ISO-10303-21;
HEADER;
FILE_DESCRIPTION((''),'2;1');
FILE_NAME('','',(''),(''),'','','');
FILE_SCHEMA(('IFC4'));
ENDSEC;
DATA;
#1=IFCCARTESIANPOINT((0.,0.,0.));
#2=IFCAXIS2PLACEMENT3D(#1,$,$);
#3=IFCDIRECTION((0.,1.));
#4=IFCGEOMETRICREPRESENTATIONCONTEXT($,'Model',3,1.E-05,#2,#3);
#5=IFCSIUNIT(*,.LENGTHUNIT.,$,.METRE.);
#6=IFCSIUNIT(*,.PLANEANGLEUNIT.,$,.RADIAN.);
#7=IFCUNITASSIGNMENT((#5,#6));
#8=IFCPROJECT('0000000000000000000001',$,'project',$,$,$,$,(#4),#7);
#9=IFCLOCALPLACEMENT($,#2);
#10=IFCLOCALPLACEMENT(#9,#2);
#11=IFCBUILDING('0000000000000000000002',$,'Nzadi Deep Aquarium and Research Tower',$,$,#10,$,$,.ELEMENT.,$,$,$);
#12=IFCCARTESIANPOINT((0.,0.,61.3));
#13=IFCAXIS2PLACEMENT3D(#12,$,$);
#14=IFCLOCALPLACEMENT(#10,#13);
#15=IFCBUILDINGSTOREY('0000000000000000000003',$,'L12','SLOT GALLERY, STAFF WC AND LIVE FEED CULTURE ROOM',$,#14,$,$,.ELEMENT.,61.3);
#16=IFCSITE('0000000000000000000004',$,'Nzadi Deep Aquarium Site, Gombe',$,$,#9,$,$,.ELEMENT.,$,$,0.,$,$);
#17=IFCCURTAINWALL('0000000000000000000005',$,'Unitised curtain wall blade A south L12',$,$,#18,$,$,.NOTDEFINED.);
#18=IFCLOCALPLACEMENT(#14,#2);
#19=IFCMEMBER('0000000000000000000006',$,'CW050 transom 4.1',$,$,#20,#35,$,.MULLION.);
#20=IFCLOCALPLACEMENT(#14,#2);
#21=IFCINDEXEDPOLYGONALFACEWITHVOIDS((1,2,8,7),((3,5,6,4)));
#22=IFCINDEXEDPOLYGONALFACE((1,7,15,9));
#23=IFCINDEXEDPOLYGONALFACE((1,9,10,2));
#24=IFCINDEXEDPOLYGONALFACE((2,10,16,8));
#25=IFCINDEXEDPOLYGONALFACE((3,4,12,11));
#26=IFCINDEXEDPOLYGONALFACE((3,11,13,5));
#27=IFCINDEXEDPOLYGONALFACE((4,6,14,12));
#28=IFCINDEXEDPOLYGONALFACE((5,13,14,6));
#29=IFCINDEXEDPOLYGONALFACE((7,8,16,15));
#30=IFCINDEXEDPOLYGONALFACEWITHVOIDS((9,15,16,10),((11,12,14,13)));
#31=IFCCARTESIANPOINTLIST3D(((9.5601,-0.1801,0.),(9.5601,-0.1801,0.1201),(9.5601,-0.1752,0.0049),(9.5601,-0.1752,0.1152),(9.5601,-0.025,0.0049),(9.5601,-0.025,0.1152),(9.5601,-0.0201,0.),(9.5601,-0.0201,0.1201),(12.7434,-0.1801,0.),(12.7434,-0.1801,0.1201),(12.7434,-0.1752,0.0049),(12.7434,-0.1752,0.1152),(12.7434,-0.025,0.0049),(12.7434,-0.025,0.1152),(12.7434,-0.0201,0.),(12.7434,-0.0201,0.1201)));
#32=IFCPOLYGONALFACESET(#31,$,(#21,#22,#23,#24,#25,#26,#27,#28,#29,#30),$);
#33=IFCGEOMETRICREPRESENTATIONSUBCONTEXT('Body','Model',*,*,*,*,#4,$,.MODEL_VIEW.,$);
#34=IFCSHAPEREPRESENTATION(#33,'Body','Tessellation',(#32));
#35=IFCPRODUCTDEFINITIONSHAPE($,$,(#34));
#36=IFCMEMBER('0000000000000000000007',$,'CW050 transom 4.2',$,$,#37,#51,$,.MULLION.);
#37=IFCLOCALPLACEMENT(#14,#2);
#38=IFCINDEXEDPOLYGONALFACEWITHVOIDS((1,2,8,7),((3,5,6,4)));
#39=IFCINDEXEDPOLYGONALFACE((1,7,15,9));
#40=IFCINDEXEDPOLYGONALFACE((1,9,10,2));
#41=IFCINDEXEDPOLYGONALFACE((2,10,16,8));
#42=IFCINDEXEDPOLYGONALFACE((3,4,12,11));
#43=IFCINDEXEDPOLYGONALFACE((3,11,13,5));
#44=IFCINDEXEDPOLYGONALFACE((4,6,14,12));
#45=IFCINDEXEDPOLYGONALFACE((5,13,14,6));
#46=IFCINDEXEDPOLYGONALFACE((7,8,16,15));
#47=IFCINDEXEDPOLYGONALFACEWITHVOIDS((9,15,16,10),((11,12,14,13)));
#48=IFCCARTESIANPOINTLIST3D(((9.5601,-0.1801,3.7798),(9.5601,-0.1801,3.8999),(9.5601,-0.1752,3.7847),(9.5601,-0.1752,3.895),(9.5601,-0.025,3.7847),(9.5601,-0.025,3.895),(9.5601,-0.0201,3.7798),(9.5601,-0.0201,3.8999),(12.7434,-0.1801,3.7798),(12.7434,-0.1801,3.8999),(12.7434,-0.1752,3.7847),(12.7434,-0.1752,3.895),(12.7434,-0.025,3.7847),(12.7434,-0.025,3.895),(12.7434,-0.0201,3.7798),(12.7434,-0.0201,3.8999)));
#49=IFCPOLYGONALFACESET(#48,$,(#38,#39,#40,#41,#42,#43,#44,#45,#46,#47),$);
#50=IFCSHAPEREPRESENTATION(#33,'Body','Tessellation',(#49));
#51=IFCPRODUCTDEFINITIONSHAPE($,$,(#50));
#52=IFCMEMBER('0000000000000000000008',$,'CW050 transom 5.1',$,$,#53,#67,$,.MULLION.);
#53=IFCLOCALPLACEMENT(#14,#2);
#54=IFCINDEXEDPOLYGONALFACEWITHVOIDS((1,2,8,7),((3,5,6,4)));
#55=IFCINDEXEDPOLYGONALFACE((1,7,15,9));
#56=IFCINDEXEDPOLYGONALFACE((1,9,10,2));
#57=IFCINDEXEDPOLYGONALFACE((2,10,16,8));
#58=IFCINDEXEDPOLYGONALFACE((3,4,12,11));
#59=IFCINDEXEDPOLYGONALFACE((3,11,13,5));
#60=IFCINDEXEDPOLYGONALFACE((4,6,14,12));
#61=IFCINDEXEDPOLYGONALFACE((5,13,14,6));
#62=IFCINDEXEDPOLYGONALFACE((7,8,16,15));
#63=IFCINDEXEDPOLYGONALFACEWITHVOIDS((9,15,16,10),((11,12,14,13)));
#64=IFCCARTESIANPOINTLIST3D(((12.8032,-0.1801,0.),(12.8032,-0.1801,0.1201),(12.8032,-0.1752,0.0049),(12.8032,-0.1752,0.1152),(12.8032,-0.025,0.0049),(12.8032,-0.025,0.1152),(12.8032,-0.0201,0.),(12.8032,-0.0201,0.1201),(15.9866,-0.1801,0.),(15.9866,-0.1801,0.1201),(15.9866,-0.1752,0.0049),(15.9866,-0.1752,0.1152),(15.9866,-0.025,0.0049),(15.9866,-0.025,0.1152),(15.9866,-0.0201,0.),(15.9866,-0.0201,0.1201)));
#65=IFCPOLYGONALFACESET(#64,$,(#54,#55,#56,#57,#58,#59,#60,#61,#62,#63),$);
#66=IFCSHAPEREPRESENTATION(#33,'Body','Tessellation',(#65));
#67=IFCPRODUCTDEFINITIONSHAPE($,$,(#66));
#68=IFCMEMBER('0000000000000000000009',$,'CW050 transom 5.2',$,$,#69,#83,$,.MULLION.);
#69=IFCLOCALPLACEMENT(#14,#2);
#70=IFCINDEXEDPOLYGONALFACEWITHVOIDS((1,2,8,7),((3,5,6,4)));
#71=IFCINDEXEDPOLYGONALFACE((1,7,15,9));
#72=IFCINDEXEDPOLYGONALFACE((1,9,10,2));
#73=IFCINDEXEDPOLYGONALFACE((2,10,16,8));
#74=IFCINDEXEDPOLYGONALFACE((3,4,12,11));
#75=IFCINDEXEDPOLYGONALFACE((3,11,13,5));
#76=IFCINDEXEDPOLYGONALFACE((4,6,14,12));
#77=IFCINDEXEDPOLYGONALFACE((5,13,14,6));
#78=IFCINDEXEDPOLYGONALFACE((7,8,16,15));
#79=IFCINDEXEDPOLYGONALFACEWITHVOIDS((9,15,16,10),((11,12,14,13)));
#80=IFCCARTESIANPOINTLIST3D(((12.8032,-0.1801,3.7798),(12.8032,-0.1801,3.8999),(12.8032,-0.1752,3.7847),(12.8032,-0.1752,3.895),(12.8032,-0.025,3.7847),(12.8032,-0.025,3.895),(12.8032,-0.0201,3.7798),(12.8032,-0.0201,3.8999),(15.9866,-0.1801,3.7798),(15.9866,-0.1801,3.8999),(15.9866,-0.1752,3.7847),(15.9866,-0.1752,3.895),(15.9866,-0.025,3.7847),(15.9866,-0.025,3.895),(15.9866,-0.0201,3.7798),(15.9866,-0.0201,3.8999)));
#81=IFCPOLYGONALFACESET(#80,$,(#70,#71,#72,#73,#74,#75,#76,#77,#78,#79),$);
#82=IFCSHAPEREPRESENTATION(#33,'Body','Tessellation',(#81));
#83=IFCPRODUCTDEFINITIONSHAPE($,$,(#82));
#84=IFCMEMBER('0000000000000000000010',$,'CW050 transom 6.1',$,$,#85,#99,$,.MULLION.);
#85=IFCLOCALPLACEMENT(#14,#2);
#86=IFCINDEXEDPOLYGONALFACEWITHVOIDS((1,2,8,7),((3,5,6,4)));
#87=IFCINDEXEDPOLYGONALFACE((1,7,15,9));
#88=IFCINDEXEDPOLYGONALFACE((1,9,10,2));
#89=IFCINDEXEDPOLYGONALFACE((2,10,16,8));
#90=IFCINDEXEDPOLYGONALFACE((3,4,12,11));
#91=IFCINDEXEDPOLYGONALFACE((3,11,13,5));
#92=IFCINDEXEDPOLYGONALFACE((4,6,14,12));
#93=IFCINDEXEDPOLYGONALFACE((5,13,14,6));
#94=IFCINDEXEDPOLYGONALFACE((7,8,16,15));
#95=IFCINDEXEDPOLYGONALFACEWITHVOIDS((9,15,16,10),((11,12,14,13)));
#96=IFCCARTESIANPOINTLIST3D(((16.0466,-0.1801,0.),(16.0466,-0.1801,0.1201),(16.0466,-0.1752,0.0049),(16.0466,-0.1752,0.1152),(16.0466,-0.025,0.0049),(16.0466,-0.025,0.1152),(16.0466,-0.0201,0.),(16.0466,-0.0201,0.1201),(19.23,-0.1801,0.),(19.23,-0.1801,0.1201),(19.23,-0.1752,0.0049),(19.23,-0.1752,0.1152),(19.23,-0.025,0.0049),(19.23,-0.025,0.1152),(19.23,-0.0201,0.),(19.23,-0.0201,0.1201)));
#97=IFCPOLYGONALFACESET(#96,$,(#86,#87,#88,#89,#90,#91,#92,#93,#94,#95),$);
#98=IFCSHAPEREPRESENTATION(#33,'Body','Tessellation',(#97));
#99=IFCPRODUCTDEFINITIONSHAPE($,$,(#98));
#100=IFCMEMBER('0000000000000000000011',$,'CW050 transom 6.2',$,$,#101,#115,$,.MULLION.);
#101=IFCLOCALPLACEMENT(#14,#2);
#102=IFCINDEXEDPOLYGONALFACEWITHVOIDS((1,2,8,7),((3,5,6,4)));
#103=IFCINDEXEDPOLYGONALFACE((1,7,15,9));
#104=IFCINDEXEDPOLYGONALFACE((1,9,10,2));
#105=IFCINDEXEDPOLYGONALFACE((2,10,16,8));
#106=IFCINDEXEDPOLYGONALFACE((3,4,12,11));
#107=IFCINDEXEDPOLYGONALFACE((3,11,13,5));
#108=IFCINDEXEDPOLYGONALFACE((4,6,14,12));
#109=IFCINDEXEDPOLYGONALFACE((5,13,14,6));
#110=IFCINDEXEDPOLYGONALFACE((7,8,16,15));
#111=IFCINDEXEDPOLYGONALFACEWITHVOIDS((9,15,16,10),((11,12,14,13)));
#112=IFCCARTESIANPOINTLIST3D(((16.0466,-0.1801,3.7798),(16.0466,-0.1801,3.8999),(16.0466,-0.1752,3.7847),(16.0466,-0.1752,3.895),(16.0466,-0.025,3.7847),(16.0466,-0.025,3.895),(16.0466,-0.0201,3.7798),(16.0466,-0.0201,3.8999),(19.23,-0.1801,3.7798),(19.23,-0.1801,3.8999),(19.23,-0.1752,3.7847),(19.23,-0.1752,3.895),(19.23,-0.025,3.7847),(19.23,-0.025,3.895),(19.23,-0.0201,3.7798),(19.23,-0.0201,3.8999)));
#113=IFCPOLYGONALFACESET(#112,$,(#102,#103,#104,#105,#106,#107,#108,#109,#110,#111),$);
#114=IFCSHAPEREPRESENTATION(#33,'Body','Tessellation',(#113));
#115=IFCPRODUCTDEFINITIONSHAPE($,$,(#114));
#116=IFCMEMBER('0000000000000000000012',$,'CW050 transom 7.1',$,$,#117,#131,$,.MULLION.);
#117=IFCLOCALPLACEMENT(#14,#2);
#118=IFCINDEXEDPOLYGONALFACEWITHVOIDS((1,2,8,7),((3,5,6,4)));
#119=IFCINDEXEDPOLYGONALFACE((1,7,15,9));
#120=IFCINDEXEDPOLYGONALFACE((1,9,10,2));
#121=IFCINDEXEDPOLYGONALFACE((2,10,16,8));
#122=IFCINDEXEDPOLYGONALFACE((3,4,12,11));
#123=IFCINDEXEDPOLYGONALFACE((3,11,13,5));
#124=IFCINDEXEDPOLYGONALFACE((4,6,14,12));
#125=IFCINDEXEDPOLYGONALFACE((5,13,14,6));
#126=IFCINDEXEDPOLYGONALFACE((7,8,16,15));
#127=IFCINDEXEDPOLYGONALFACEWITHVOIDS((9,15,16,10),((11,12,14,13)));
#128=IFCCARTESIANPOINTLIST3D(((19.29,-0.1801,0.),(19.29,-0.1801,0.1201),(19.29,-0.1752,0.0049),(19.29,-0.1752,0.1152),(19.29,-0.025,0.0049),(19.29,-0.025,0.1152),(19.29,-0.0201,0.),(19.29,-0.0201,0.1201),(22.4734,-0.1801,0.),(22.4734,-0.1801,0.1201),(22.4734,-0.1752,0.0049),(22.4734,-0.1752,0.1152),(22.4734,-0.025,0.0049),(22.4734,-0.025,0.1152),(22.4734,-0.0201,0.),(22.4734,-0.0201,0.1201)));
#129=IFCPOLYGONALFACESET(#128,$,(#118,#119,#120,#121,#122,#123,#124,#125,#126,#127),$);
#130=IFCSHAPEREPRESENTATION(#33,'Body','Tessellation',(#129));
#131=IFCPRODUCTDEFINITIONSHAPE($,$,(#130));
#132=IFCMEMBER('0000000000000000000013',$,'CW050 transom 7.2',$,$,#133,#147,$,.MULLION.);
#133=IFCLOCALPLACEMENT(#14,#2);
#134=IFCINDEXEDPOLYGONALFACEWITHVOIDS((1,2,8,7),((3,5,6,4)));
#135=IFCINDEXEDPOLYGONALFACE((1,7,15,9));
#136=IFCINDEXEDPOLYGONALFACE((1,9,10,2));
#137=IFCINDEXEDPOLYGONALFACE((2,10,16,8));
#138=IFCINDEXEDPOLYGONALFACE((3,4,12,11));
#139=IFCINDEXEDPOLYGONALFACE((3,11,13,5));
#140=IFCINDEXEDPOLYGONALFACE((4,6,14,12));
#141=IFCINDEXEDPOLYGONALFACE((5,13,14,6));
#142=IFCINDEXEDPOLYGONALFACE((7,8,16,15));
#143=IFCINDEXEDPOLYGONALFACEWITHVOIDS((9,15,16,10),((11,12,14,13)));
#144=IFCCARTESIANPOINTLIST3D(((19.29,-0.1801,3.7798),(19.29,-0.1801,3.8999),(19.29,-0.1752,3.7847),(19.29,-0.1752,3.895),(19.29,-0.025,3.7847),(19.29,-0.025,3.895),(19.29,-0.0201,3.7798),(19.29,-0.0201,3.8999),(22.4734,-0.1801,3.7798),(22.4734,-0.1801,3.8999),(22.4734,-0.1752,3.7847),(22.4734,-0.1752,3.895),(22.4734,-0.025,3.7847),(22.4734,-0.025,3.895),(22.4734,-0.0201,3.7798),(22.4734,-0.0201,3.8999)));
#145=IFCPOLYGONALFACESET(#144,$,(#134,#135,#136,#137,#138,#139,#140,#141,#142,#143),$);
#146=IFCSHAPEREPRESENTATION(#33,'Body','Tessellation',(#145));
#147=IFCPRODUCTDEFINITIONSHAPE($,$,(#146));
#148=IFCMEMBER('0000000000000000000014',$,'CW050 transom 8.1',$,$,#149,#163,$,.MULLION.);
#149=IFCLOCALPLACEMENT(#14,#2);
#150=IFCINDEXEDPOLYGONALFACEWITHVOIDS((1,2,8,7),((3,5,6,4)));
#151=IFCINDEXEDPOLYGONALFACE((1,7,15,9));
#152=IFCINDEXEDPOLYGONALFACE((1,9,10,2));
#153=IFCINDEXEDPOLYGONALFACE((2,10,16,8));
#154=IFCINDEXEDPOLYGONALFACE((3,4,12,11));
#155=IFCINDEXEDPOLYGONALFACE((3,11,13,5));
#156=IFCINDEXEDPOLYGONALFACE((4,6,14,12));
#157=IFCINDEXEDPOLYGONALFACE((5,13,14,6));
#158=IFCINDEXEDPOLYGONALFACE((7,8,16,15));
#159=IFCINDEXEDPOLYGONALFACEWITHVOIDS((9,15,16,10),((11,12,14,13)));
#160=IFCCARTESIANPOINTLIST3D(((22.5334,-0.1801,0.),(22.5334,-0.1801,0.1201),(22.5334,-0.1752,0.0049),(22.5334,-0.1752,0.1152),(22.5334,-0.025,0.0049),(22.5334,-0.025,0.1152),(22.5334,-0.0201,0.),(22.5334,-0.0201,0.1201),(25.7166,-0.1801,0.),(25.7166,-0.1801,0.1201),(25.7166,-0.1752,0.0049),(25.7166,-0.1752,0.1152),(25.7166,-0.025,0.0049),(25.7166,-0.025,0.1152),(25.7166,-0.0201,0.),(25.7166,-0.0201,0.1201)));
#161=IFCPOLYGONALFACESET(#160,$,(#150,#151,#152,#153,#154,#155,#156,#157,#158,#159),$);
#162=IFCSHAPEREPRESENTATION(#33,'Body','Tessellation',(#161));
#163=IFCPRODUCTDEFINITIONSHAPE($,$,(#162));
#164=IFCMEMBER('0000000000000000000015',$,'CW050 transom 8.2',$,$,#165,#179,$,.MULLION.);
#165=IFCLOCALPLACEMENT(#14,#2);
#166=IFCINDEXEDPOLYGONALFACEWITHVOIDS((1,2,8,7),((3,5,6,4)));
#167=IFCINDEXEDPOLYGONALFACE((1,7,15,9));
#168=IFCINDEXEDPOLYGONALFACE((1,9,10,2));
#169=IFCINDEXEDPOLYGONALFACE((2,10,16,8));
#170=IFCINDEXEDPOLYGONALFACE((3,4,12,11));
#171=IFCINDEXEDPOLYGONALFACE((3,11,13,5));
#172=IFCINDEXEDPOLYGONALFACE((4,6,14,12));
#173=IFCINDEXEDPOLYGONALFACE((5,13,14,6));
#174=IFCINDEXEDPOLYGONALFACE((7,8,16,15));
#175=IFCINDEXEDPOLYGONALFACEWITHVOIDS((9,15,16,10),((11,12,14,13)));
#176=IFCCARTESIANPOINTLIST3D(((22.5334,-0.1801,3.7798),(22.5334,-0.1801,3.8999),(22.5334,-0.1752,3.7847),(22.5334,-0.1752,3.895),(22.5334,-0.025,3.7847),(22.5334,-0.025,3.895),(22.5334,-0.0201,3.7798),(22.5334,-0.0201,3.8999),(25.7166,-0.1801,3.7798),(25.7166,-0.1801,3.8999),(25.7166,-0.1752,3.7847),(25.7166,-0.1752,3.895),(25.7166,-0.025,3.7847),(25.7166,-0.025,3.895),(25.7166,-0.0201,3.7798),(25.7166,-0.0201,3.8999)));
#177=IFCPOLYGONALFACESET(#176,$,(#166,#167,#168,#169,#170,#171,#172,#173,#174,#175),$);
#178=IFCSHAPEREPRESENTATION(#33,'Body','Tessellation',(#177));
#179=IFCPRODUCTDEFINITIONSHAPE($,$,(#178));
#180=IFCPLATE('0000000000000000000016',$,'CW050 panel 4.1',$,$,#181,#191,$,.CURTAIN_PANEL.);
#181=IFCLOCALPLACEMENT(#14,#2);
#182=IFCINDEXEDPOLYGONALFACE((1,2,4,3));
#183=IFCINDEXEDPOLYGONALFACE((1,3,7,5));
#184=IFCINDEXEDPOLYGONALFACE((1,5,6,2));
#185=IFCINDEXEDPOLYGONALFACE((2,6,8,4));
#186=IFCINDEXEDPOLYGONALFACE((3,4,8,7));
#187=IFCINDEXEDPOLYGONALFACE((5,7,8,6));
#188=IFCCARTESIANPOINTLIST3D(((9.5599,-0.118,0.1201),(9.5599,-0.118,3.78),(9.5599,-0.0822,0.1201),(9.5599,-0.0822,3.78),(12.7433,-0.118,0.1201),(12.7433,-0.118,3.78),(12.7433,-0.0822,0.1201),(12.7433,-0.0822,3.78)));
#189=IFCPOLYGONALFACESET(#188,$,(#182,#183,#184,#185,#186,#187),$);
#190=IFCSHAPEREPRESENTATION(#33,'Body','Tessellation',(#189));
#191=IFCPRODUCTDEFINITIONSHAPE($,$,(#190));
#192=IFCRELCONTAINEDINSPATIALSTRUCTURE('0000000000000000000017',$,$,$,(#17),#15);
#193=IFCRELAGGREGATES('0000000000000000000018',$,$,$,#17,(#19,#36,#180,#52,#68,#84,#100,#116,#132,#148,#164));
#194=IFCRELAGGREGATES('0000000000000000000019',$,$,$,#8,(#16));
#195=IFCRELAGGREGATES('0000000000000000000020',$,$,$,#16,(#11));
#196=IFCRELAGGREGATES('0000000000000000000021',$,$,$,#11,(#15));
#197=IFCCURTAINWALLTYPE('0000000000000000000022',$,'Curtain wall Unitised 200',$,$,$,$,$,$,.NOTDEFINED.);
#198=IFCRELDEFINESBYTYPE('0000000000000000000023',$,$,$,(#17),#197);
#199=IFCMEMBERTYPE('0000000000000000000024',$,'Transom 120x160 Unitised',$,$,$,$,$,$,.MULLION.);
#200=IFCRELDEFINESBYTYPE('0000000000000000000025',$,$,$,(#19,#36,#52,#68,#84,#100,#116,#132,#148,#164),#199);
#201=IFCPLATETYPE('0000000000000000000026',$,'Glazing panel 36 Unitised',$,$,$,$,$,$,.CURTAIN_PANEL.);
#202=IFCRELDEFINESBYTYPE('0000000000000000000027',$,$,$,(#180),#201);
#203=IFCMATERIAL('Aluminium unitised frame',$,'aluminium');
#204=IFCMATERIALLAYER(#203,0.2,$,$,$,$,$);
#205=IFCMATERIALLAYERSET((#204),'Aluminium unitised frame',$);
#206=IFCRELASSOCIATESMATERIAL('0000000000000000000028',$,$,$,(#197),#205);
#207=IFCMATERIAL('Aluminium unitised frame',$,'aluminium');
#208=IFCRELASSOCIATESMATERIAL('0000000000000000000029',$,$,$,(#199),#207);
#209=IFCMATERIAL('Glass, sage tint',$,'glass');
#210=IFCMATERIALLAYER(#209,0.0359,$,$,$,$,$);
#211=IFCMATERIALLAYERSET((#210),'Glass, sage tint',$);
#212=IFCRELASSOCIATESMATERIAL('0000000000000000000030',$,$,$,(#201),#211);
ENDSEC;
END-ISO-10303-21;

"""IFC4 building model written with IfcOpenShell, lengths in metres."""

from ifc_helpers import new_model, si_unit, direction, frame, origin, origin_2d, place, context, subcontext, project, spatial, rectangle, hollow_rectangle, extrude, material, layer, layer_set, material_profile, profile_set, type_object, element, aggregate, save


model = new_model("IFC4")

# Units and contexts
model_context = context("Model", 3, precision=1e-05, world=origin(), true_north=direction((0.0, 1.0)))
body_context = subcontext(model_context, "Body", "Model", "MODEL_VIEW")
ifc_project = project(units=[si_unit("LENGTHUNIT", "METRE"), si_unit("PLANEANGLEUNIT", "RADIAN")], contexts=[model_context])

# Site, building, storey
site_placement = place(None, origin())
site = spatial("IfcSite", under=ifc_project, at=site_placement, Name="Nzadi Deep Aquarium Site, Gombe", CompositionType="ELEMENT", RefElevation=0.0)
building_placement = place(site_placement, origin())
building = spatial("IfcBuilding", under=site, at=building_placement, Name="Nzadi Deep Aquarium and Research Tower", CompositionType="ELEMENT")
storey_placement = place(building_placement, frame((0.0, 0.0, 61.3)))
storey = spatial("IfcBuildingStorey", under=building, at=storey_placement, Name="L12", Description="SLOT GALLERY, STAFF WC AND LIVE FEED CULTURE ROOM", CompositionType="ELEMENT", Elevation=61.3)

# Curtain wall
ifc_material_1 = material(Name="Aluminium unitised frame", Category="aluminium")
ifc_layer_1 = layer(ifc_material_1, 0.2)
ifc_layer_set_1 = layer_set([ifc_layer_1], Name="Aluminium unitised frame")
curtain_wall_type = type_object("IfcCurtainWallType", Name="Curtain wall Unitised 200", PredefinedType="NOTDEFINED", material=ifc_layer_set_1)
curtain_wall_placement = place(storey_placement, origin())
curtain_wall = element("IfcCurtainWall", 1, at=curtain_wall_placement, inside=storey, type_object=curtain_wall_type, Name="Unitised curtain wall blade A south L12", PredefinedType="NOTDEFINED")

# Members
ifc_material_2 = material(Name="Aluminium unitised frame", Category="aluminium")
ifc_material_profile_1 = material_profile(ifc_material_2, hollow_rectangle(XDim=0.1599, YDim=0.1201, WallThickness=0.0049, at=origin_2d()))
ifc_profile_set_1 = profile_set([ifc_material_profile_1], Name="Aluminium unitised frame")
member_type_1 = type_object("IfcMemberType", Name="Transom 120x160 Unitised", PredefinedType="MULLION", material=ifc_profile_set_1)
member_1_placement = place(storey_placement, frame((9.5601, -0.1001, 0.0601), z_axis=(1.0, 0.0, 0.0), x_axis=(0.0, 1.0, 0.0)))
member_1 = element("IfcMember", 2, at=member_1_placement, type_object=member_type_1, Name="CW050 transom 4.1", PredefinedType="MULLION", context=body_context, shape_type="SweptSolid", body=[
    extrude(hollow_rectangle(XDim=0.1599, YDim=0.1201, WallThickness=0.0049, at=origin_2d()), origin(), (0.0, 0.0, 1.0), 3.1833),
])
member_2_placement = place(storey_placement, frame((9.5601, -0.1001, 3.8398), z_axis=(1.0, 0.0, 0.0), x_axis=(0.0, 1.0, 0.0)))
member_2 = element("IfcMember", 3, at=member_2_placement, type_object=member_type_1, Name="CW050 transom 4.2", PredefinedType="MULLION", context=body_context, shape_type="SweptSolid", body=[
    extrude(hollow_rectangle(XDim=0.1599, YDim=0.1201, WallThickness=0.0049, at=origin_2d()), origin(), (0.0, 0.0, 1.0), 3.1833),
])
member_3_placement = place(storey_placement, frame((12.8032, -0.1001, 0.0601), z_axis=(1.0, 0.0, 0.0), x_axis=(0.0, 1.0, 0.0)))
member_3 = element("IfcMember", 4, at=member_3_placement, type_object=member_type_1, Name="CW050 transom 5.1", PredefinedType="MULLION", context=body_context, shape_type="SweptSolid", body=[
    extrude(hollow_rectangle(XDim=0.1599, YDim=0.1201, WallThickness=0.0049, at=origin_2d()), origin(), (0.0, 0.0, 1.0), 3.1833),
])
member_4_placement = place(storey_placement, frame((12.8032, -0.1001, 3.8398), z_axis=(1.0, 0.0, 0.0), x_axis=(0.0, 1.0, 0.0)))
member_4 = element("IfcMember", 5, at=member_4_placement, type_object=member_type_1, Name="CW050 transom 5.2", PredefinedType="MULLION", context=body_context, shape_type="SweptSolid", body=[
    extrude(hollow_rectangle(XDim=0.1599, YDim=0.1201, WallThickness=0.0049, at=origin_2d()), origin(), (0.0, 0.0, 1.0), 3.1833),
])
member_5_placement = place(storey_placement, frame((16.0466, -0.1001, 0.0601), z_axis=(1.0, 0.0, 0.0), x_axis=(0.0, 1.0, 0.0)))
member_5 = element("IfcMember", 6, at=member_5_placement, type_object=member_type_1, Name="CW050 transom 6.1", PredefinedType="MULLION", context=body_context, shape_type="SweptSolid", body=[
    extrude(hollow_rectangle(XDim=0.1599, YDim=0.1201, WallThickness=0.0049, at=origin_2d()), origin(), (0.0, 0.0, 1.0), 3.1833),
])
member_6_placement = place(storey_placement, frame((16.0466, -0.1001, 3.8398), z_axis=(1.0, 0.0, 0.0), x_axis=(0.0, 1.0, 0.0)))
member_6 = element("IfcMember", 7, at=member_6_placement, type_object=member_type_1, Name="CW050 transom 6.2", PredefinedType="MULLION", context=body_context, shape_type="SweptSolid", body=[
    extrude(hollow_rectangle(XDim=0.1599, YDim=0.1201, WallThickness=0.0049, at=origin_2d()), origin(), (0.0, 0.0, 1.0), 3.1833),
])
member_7_placement = place(storey_placement, frame((19.29, -0.1001, 0.0601), z_axis=(1.0, 0.0, 0.0), x_axis=(0.0, 1.0, 0.0)))
member_7 = element("IfcMember", 8, at=member_7_placement, type_object=member_type_1, Name="CW050 transom 7.1", PredefinedType="MULLION", context=body_context, shape_type="SweptSolid", body=[
    extrude(hollow_rectangle(XDim=0.1599, YDim=0.1201, WallThickness=0.0049, at=origin_2d()), origin(), (0.0, 0.0, 1.0), 3.1833),
])
member_8_placement = place(storey_placement, frame((19.29, -0.1001, 3.8398), z_axis=(1.0, 0.0, 0.0), x_axis=(0.0, 1.0, 0.0)))
member_8 = element("IfcMember", 9, at=member_8_placement, type_object=member_type_1, Name="CW050 transom 7.2", PredefinedType="MULLION", context=body_context, shape_type="SweptSolid", body=[
    extrude(hollow_rectangle(XDim=0.1599, YDim=0.1201, WallThickness=0.0049, at=origin_2d()), origin(), (0.0, 0.0, 1.0), 3.1833),
])
member_9_placement = place(storey_placement, frame((22.5334, -0.1001, 0.0601), z_axis=(1.0, 0.0, 0.0), x_axis=(0.0, 1.0, 0.0)))
member_9 = element("IfcMember", 10, at=member_9_placement, type_object=member_type_1, Name="CW050 transom 8.1", PredefinedType="MULLION", context=body_context, shape_type="SweptSolid", body=[
    extrude(hollow_rectangle(XDim=0.1599, YDim=0.1201, WallThickness=0.0049, at=origin_2d()), origin(), (0.0, 0.0, 1.0), 3.1831),
])
member_10_placement = place(storey_placement, frame((22.5334, -0.1001, 3.8398), z_axis=(1.0, 0.0, 0.0), x_axis=(0.0, 1.0, 0.0)))
member_10 = element("IfcMember", 11, at=member_10_placement, type_object=member_type_1, Name="CW050 transom 8.2", PredefinedType="MULLION", context=body_context, shape_type="SweptSolid", body=[
    extrude(hollow_rectangle(XDim=0.1599, YDim=0.1201, WallThickness=0.0049, at=origin_2d()), origin(), (0.0, 0.0, 1.0), 3.1831),
])

# Plate
ifc_material_3 = material(Name="Glass, sage tint", Category="glass")
ifc_layer_2 = layer(ifc_material_3, 0.0359)
ifc_layer_set_2 = layer_set([ifc_layer_2], Name="Glass, sage tint")
plate_type = type_object("IfcPlateType", Name="Glazing panel 36 Unitised", PredefinedType="CURTAIN_PANEL", material=ifc_layer_set_2)
plate_1_placement = place(storey_placement, frame((11.1516, -0.1001, 0.1201), z_axis=(0.0, 0.0, 1.0), x_axis=(1.0, 0.0, 0.0)))
plate_1 = element("IfcPlate", 12, at=plate_1_placement, type_object=plate_type, Name="CW050 panel 4.1", PredefinedType="CURTAIN_PANEL", context=body_context, shape_type="SweptSolid", body=[
    extrude(rectangle(XDim=3.1833, YDim=0.0359, at=origin_2d()), origin(), (0.0, 0.0, 1.0), 3.6599),
])
aggregate(curtain_wall, [member_1, member_2, plate_1, member_3, member_4, member_5, member_6, member_7, member_8, member_9, member_10])

save(model, "model.ifc")
